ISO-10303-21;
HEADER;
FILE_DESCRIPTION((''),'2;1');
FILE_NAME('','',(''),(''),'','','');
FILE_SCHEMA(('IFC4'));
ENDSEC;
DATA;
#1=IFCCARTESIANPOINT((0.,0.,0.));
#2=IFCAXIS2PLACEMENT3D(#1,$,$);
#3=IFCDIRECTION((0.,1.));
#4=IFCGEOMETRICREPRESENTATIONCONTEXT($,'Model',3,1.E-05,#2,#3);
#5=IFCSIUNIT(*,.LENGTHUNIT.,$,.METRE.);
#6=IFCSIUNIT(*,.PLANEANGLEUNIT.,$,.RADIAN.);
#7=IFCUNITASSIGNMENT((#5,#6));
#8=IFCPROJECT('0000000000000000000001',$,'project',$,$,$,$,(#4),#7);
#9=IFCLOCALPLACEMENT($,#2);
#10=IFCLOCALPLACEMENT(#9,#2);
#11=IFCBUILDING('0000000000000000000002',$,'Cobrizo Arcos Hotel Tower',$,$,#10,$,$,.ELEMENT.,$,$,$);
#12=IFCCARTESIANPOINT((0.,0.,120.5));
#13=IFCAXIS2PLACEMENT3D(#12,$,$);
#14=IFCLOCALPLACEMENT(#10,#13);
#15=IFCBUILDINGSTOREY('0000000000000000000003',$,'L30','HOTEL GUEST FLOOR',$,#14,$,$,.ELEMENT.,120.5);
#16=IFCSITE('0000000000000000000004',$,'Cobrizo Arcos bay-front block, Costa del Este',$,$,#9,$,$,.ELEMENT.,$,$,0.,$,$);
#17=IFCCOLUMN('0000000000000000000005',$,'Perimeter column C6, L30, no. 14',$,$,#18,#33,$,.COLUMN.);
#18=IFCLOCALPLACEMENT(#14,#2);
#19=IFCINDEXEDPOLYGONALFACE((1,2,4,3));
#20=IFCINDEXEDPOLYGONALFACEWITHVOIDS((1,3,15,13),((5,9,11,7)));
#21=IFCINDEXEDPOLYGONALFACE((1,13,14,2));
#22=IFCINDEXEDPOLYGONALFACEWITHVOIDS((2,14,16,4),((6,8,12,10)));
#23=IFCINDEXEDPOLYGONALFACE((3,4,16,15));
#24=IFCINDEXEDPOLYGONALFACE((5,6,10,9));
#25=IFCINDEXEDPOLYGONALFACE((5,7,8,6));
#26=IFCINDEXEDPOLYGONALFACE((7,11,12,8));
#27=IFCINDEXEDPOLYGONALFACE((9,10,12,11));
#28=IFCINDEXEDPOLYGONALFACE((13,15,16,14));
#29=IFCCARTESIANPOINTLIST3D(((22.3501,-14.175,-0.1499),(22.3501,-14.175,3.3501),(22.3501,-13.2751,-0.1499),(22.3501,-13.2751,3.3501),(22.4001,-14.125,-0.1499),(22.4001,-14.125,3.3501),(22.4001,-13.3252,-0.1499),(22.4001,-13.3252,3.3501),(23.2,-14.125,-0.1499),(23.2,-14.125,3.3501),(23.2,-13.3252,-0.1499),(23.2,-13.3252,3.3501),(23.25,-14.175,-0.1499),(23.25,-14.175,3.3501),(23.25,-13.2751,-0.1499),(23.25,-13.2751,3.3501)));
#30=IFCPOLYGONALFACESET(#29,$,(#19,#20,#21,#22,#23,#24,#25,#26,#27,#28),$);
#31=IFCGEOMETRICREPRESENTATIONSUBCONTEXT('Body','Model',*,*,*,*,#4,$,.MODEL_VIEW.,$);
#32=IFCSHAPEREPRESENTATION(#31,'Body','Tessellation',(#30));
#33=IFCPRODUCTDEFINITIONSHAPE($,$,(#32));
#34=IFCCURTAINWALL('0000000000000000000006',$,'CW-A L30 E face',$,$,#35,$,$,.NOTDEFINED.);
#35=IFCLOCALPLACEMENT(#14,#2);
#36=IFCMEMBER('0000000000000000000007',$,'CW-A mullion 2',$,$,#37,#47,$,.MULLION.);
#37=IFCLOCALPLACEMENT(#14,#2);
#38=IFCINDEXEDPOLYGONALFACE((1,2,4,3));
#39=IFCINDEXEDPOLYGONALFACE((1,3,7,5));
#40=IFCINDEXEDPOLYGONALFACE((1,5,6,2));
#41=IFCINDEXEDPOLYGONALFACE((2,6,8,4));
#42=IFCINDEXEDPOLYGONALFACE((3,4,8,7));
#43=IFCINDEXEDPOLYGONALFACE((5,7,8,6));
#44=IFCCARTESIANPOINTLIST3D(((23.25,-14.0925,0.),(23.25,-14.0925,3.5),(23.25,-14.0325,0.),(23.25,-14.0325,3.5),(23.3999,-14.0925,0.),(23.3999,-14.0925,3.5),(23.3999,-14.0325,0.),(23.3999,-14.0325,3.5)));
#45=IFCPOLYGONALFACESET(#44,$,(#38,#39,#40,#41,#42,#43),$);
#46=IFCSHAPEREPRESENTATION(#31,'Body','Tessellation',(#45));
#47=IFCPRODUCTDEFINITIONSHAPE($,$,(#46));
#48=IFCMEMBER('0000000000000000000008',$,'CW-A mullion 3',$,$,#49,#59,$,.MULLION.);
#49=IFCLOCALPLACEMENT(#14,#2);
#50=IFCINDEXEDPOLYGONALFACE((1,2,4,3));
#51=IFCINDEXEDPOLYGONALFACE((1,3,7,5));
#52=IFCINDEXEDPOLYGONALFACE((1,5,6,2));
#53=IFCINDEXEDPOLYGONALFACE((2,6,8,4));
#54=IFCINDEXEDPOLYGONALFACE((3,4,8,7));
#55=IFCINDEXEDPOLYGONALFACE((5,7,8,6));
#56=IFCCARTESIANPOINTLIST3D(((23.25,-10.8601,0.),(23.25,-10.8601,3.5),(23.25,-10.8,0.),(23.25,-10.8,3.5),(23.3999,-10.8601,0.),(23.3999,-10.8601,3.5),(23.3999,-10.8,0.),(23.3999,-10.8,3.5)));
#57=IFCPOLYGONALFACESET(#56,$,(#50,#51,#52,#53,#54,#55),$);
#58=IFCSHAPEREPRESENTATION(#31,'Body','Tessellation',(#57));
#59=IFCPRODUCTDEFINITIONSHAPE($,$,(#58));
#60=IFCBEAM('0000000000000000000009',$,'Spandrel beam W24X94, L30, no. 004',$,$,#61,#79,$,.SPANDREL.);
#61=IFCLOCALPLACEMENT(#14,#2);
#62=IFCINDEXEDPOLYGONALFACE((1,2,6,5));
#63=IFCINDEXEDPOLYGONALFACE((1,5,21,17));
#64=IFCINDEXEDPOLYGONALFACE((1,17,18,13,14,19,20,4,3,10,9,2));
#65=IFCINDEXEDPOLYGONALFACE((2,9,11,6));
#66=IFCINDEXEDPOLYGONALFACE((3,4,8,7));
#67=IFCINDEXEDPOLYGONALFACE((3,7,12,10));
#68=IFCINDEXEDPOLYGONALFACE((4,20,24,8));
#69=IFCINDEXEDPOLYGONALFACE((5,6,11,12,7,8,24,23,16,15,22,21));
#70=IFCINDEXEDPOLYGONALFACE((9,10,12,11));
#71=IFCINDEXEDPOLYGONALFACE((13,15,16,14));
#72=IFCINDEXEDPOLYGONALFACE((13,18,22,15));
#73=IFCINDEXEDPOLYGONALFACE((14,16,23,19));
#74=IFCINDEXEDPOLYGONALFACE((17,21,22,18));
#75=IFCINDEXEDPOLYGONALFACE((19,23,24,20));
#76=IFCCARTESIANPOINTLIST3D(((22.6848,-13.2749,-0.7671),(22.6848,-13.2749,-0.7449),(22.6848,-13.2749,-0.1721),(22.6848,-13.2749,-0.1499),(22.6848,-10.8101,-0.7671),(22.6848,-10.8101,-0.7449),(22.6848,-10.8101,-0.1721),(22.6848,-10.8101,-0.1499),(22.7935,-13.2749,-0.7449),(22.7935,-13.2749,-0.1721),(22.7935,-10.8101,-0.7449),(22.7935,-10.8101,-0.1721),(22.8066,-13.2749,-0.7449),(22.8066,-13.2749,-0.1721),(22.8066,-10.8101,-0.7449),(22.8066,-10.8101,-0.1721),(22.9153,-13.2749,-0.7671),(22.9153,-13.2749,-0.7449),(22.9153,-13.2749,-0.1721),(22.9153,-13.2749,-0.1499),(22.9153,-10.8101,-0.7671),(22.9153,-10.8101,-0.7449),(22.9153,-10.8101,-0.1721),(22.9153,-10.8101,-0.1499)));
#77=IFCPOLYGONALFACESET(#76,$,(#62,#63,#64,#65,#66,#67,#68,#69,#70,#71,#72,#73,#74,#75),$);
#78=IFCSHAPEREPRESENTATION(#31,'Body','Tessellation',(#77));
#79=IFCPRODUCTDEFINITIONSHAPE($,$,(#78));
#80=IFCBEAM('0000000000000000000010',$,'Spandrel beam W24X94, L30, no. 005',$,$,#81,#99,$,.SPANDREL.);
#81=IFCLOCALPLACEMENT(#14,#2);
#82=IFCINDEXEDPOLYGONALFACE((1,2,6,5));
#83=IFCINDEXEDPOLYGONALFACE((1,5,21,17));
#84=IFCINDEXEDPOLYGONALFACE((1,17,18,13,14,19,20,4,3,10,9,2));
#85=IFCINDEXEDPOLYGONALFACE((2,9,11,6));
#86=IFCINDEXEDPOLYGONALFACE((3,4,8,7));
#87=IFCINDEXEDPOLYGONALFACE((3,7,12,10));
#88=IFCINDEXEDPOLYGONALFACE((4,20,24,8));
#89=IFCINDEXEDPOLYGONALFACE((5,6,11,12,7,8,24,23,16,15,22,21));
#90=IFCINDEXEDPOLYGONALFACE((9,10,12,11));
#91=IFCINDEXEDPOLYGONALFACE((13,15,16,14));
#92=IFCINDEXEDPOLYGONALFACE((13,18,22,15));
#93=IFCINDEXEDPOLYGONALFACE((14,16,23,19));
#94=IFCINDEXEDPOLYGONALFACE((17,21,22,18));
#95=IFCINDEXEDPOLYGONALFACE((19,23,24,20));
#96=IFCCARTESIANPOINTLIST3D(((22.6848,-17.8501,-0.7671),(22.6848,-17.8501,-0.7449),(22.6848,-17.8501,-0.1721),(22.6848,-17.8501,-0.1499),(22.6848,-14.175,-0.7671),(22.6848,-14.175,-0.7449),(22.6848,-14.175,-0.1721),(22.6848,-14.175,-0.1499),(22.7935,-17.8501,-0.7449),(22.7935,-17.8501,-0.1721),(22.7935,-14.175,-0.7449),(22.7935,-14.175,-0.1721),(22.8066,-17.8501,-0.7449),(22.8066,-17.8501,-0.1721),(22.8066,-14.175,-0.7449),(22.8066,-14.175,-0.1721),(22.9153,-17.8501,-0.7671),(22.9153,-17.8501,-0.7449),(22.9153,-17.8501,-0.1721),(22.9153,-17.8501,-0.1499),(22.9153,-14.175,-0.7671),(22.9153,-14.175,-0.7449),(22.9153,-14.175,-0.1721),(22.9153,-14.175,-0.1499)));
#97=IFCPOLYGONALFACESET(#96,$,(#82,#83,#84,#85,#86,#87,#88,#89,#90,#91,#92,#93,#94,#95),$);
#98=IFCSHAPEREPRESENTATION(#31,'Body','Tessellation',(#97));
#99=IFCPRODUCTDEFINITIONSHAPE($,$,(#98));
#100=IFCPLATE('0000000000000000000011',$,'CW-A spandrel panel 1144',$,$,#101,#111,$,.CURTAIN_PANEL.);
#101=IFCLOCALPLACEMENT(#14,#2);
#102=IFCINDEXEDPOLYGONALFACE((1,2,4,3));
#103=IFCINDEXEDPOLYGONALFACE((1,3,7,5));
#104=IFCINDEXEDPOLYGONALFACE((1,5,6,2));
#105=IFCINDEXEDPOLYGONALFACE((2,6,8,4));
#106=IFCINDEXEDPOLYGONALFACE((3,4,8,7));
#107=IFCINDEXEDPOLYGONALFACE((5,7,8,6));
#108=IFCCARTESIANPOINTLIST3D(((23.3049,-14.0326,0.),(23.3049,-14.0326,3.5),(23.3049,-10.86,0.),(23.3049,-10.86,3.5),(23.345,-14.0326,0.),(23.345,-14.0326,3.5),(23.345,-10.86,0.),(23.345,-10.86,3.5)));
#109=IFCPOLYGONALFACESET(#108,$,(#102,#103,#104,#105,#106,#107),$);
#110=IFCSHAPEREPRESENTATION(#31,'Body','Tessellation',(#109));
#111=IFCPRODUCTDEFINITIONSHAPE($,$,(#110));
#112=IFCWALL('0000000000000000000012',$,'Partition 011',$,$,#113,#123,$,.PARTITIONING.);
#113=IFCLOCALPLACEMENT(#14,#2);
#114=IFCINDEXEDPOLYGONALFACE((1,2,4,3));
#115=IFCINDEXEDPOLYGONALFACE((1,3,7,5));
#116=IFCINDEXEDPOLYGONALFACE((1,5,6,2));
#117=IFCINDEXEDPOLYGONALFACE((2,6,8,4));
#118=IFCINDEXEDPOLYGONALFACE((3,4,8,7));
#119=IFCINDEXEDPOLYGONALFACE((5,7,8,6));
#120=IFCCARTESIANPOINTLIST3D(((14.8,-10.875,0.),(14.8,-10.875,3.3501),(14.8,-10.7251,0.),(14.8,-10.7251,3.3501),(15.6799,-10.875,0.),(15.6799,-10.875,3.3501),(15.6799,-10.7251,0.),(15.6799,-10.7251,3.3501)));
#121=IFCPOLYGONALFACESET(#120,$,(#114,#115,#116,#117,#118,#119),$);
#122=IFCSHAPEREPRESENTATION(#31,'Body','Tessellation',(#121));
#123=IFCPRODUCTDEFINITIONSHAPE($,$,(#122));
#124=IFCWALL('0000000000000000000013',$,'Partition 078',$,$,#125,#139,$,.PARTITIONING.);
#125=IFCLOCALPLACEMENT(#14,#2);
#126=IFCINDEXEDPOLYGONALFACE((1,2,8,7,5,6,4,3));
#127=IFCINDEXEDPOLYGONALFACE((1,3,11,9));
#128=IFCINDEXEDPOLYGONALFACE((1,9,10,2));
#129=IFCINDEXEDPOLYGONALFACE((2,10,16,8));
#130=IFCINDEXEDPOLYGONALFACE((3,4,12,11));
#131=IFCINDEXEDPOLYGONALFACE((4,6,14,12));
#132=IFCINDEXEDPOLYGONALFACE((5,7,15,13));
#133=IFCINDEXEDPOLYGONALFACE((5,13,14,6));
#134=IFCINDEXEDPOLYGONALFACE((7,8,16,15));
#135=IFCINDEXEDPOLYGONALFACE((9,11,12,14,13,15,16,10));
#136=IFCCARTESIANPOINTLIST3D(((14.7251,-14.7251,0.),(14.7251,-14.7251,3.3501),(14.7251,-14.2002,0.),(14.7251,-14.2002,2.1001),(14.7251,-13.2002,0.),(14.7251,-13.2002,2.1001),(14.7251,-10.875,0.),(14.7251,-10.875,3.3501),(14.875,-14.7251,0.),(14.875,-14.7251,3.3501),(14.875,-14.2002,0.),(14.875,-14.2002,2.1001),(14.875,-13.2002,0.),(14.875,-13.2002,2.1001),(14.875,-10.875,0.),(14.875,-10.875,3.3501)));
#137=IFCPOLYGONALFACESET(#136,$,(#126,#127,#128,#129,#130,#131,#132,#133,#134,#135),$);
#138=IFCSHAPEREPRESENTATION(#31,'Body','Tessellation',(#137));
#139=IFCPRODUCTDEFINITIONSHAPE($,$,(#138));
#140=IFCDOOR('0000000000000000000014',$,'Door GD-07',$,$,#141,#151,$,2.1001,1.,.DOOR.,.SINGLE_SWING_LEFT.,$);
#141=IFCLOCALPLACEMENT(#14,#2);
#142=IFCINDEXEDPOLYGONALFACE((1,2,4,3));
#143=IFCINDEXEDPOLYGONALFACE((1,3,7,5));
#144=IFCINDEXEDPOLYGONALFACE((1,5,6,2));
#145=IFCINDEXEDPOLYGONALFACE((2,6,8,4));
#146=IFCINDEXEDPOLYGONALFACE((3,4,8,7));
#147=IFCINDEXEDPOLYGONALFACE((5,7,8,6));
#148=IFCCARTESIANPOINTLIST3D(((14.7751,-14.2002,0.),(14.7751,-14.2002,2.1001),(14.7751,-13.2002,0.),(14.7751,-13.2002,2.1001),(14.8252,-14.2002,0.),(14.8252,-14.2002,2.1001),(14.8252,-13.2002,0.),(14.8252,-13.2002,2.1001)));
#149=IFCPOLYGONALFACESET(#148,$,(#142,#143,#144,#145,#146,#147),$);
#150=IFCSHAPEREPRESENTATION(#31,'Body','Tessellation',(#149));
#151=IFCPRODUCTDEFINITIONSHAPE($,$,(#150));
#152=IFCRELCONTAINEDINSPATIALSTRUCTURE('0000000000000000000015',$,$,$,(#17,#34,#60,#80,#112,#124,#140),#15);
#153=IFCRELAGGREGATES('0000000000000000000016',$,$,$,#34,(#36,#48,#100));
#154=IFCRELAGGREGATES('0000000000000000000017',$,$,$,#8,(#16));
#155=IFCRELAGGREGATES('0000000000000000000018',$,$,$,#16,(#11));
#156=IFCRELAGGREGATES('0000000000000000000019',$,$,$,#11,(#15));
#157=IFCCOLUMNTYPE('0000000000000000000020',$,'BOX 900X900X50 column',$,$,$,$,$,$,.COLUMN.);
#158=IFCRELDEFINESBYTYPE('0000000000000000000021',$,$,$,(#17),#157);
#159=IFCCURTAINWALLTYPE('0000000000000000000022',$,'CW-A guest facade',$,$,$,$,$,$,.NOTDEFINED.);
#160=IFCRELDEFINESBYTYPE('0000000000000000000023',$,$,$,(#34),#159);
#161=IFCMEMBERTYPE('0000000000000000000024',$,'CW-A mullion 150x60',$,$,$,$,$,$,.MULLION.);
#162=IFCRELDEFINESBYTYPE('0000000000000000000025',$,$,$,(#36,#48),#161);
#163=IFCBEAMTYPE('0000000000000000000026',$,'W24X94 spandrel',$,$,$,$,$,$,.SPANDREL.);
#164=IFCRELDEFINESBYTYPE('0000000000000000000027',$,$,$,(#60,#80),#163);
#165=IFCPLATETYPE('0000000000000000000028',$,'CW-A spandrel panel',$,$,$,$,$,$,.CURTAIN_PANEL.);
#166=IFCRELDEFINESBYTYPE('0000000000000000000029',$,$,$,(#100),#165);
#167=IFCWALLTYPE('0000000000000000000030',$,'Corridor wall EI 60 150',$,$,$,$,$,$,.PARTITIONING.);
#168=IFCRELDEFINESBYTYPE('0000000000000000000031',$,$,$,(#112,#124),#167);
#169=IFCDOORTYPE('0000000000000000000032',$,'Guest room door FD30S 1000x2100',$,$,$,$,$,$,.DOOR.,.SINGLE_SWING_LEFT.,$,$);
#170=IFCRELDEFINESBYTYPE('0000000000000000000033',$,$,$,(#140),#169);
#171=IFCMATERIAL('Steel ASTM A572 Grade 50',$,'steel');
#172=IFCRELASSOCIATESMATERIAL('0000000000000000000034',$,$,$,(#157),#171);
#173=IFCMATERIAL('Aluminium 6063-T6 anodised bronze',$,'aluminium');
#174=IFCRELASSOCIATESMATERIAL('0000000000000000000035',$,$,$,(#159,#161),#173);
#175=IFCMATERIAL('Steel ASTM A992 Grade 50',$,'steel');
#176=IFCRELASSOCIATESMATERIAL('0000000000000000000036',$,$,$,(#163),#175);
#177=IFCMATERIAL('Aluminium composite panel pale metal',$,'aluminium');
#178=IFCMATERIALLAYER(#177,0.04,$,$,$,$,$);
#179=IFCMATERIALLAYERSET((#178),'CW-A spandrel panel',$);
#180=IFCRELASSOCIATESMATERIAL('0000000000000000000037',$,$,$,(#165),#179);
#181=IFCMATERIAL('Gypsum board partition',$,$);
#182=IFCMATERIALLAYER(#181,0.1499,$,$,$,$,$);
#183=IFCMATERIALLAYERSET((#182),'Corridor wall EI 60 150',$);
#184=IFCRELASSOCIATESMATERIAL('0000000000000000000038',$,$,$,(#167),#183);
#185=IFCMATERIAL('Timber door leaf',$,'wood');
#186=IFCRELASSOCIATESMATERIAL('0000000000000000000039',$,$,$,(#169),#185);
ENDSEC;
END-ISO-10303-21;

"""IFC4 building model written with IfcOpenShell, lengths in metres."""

from ifc_helpers import new_model, si_unit, direction, frame, frame_2d, origin, origin_2d, place, context, subcontext, project, spatial, rectangle, hollow_rectangle, i_section, extrude, material, layer, layer_set, material_profile, profile_set, type_object, element, fill, aggregate, save


model = new_model("IFC4")

# Units and contexts
model_context = context("Model", 3, precision=1e-05, world=origin(), true_north=direction((0.0, 1.0)))
body_context = subcontext(model_context, "Body", "Model", "MODEL_VIEW")
ifc_project = project(units=[si_unit("LENGTHUNIT", "METRE"), si_unit("PLANEANGLEUNIT", "RADIAN")], contexts=[model_context])

# Site, building, storey
site_placement = place(None, origin())
site = spatial("IfcSite", under=ifc_project, at=site_placement, Name="Cobrizo Arcos bay-front block, Costa del Este", CompositionType="ELEMENT", RefElevation=0.0)
building_placement = place(site_placement, origin())
building = spatial("IfcBuilding", under=site, at=building_placement, Name="Cobrizo Arcos Hotel Tower", CompositionType="ELEMENT")
storey_placement = place(building_placement, frame((0.0, 0.0, 120.5)))
storey = spatial("IfcBuildingStorey", under=building, at=storey_placement, Name="L30", Description="HOTEL GUEST FLOOR", CompositionType="ELEMENT", Elevation=120.5)

# Column
ifc_material_1 = material(Name="Steel ASTM A572 Grade 50", Category="steel")
ifc_material_profile_1 = material_profile(ifc_material_1, hollow_rectangle(XDim=0.8999, YDim=0.8999, WallThickness=0.05, at=origin_2d()), Name="BOX 900X900X50")
ifc_profile_set_1 = profile_set([ifc_material_profile_1], Name="Steel ASTM A572 Grade 50")
column_type = type_object("IfcColumnType", Name="BOX 900X900X50 column", PredefinedType="COLUMN", material=ifc_profile_set_1)
column_placement = place(storey_placement, frame((22.8, -13.7251, -0.1499), z_axis=(0.0, 0.0, 1.0), x_axis=(1.0, 0.0, 0.0)))
element("IfcColumn", 1, at=column_placement, inside=storey, type_object=column_type, Name="Perimeter column C6, L30, no. 14", PredefinedType="COLUMN", context=body_context, shape_type="SweptSolid", body=[
    extrude(hollow_rectangle(XDim=0.8999, YDim=0.8999, WallThickness=0.05, at=origin_2d()), origin(), (0.0, 0.0, 1.0), 3.5),
])

# Curtain wall, members
ifc_material_2 = material(Name="Aluminium 6063-T6 anodised bronze", Category="aluminium")
curtain_wall_type = type_object("IfcCurtainWallType", Name="CW-A guest facade", PredefinedType="NOTDEFINED", material=ifc_material_2)
curtain_wall_placement = place(storey_placement, origin())
curtain_wall = element("IfcCurtainWall", 2, at=curtain_wall_placement, inside=storey, type_object=curtain_wall_type, Name="CW-A L30 E face", PredefinedType="NOTDEFINED")
ifc_material_profile_2 = material_profile(ifc_material_2, rectangle(XDim=0.1499, YDim=0.0601, at=origin_2d()), Name="CW-A mullion 150x60")
ifc_profile_set_2 = profile_set([ifc_material_profile_2], Name="Aluminium 6063-T6 anodised bronze")
member_type = type_object("IfcMemberType", Name="CW-A mullion 150x60", PredefinedType="MULLION", material=ifc_profile_set_2)
member_1_placement = place(storey_placement, frame((23.325, -14.0625, 0.0), z_axis=(0.0, 0.0, 1.0), x_axis=(1.0, 0.0, 0.0)))
member_1 = element("IfcMember", 3, at=member_1_placement, type_object=member_type, Name="CW-A mullion 2", PredefinedType="MULLION", context=body_context, shape_type="SweptSolid", body=[
    extrude(rectangle(XDim=0.1499, YDim=0.0601, at=origin_2d()), origin(), (0.0, 0.0, 1.0), 3.5),
])
member_2_placement = place(storey_placement, frame((23.325, -10.8301, 0.0), z_axis=(0.0, 0.0, 1.0), x_axis=(1.0, 0.0, 0.0)))
member_2 = element("IfcMember", 4, at=member_2_placement, type_object=member_type, Name="CW-A mullion 3", PredefinedType="MULLION", context=body_context, shape_type="SweptSolid", body=[
    extrude(rectangle(XDim=0.1499, YDim=0.0601, at=origin_2d()), origin(), (0.0, 0.0, 1.0), 3.5),
])

# Beams
ifc_material_3 = material(Name="Steel ASTM A992 Grade 50", Category="steel")
ifc_material_profile_3 = material_profile(ifc_material_3, i_section(OverallWidth=0.2305, OverallDepth=0.6172, WebThickness=0.0132, FlangeThickness=0.0222, at=origin_2d()), Name="W24X94")
ifc_profile_set_3 = profile_set([ifc_material_profile_3], Name="Steel ASTM A992 Grade 50")
beam_type = type_object("IfcBeamType", Name="W24X94 spandrel", PredefinedType="SPANDREL", material=ifc_profile_set_3)
beam_1_placement = place(storey_placement, frame((22.8, -10.8101, -0.4585), z_axis=(0.0, -1.0, 0.0), x_axis=(1.0, 0.0, 0.0)))
element("IfcBeam", 5, at=beam_1_placement, inside=storey, type_object=beam_type, Name="Spandrel beam W24X94, L30, no. 004", PredefinedType="SPANDREL", context=body_context, shape_type="SweptSolid", body=[
    extrude(i_section(OverallWidth=0.2305, OverallDepth=0.6172, WebThickness=0.0132, FlangeThickness=0.0222, at=origin_2d()), origin(), (0.0, 0.0, 1.0), 2.4648),
])
beam_2_placement = place(storey_placement, frame((22.8, -14.175, -0.4585), z_axis=(0.0, -1.0, 0.0), x_axis=(1.0, 0.0, 0.0)))
element("IfcBeam", 6, at=beam_2_placement, inside=storey, type_object=beam_type, Name="Spandrel beam W24X94, L30, no. 005", PredefinedType="SPANDREL", context=body_context, shape_type="SweptSolid", body=[
    extrude(i_section(OverallWidth=0.2305, OverallDepth=0.6172, WebThickness=0.0132, FlangeThickness=0.0222, at=origin_2d()), origin(), (0.0, 0.0, 1.0), 3.675),
])

# Plate
ifc_material_4 = material(Name="Aluminium composite panel pale metal", Category="aluminium")
ifc_layer_1 = layer(ifc_material_4, 0.04)
ifc_layer_set_1 = layer_set([ifc_layer_1], Name="CW-A spandrel panel")
plate_type = type_object("IfcPlateType", Name="CW-A spandrel panel", PredefinedType="CURTAIN_PANEL", material=ifc_layer_set_1)
plate_placement = place(storey_placement, frame((23.325, -12.4463, 0.0), z_axis=(0.0, 0.0, 1.0), x_axis=(0.0, 1.0, 0.0)))
plate = element("IfcPlate", 7, at=plate_placement, type_object=plate_type, Name="CW-A spandrel panel 1144", PredefinedType="CURTAIN_PANEL", context=body_context, shape_type="SweptSolid", body=[
    extrude(rectangle(XDim=3.1726, YDim=0.04, at=origin_2d()), origin(), (0.0, 0.0, 1.0), 3.5),
])
aggregate(curtain_wall, [member_1, member_2, plate])

# Wall
ifc_material_5 = material(Name="Gypsum board partition")
ifc_layer_2 = layer(ifc_material_5, 0.1499)
ifc_layer_set_2 = layer_set([ifc_layer_2], Name="Corridor wall EI 60 150")
wall_type_1 = type_object("IfcWallType", Name="Corridor wall EI 60 150", PredefinedType="PARTITIONING", material=ifc_layer_set_2)
wall_1_placement = place(storey_placement, frame((14.8, -10.8, 0.0), z_axis=(0.0, 0.0, 1.0), x_axis=(1.0, 0.0, 0.0)))
element("IfcWall", 8, at=wall_1_placement, inside=storey, type_object=wall_type_1, Name="Partition 011", PredefinedType="PARTITIONING", context=body_context, shape_type="SweptSolid", body=[
    extrude(rectangle(XDim=0.8799, YDim=0.1499, at=frame_2d((0.4399, 0.0))), origin(), (0.0, 0.0, 1.0), 3.3501),
])

# Wall, opening, door
wall_2_placement = place(storey_placement, frame((14.8, -14.7251, 0.0), z_axis=(0.0, 0.0, 1.0), x_axis=(0.0, 1.0, 0.0)))
wall_2 = element("IfcWall", 9, at=wall_2_placement, inside=storey, type_object=wall_type_1, Name="Partition 078", PredefinedType="PARTITIONING", context=body_context, shape_type="SweptSolid", body=[
    extrude(rectangle(XDim=3.8501, YDim=0.1499, at=frame_2d((1.925, 0.0))), origin(), (0.0, 0.0, 1.0), 3.3501),
])
opening_1_placement = place(wall_2_placement, frame((0.5249, 0.0, 0.0)))
opening_1 = element("IfcOpeningElement", 10, at=opening_1_placement, cuts=wall_2, PredefinedType="OPENING", context=body_context, shape_type="SweptSolid", body=[
    extrude(rectangle(XDim=1.0, YDim=2.1001, at=frame_2d((0.5, 1.05))), frame((0.0, 0.0869, 0.0), z_axis=(0.0, -1.0, 0.0), x_axis=(1.0, 0.0, 0.0)), (0.0, 0.0, 1.0), 0.1738),
])
ifc_material_6 = material(Name="Timber door leaf", Category="wood")
door_type_1 = type_object("IfcDoorType", Name="Guest room door FD30S 1000x2100", OperationType="SINGLE_SWING_LEFT", PredefinedType="DOOR", material=ifc_material_6)
door_1_placement = place(opening_1_placement, origin())
door_1 = element("IfcDoor", 11, at=door_1_placement, inside=storey, type_object=door_type_1, Name="Door GD-07", OperationType="SINGLE_SWING_LEFT", OverallHeight=2.1001, OverallWidth=1.0, PredefinedType="DOOR", context=body_context, shape_type="SweptSolid", body=[
    extrude(rectangle(XDim=1.0, YDim=2.1001, at=frame_2d((0.5, 1.05))), frame((0.0, 0.0249, 0.0), z_axis=(0.0, -1.0, 0.0), x_axis=(1.0, 0.0, 0.0)), (0.0, 0.0, 1.0), 0.05),
])
fill(opening_1, door_1)

save(model, "model.ifc")
